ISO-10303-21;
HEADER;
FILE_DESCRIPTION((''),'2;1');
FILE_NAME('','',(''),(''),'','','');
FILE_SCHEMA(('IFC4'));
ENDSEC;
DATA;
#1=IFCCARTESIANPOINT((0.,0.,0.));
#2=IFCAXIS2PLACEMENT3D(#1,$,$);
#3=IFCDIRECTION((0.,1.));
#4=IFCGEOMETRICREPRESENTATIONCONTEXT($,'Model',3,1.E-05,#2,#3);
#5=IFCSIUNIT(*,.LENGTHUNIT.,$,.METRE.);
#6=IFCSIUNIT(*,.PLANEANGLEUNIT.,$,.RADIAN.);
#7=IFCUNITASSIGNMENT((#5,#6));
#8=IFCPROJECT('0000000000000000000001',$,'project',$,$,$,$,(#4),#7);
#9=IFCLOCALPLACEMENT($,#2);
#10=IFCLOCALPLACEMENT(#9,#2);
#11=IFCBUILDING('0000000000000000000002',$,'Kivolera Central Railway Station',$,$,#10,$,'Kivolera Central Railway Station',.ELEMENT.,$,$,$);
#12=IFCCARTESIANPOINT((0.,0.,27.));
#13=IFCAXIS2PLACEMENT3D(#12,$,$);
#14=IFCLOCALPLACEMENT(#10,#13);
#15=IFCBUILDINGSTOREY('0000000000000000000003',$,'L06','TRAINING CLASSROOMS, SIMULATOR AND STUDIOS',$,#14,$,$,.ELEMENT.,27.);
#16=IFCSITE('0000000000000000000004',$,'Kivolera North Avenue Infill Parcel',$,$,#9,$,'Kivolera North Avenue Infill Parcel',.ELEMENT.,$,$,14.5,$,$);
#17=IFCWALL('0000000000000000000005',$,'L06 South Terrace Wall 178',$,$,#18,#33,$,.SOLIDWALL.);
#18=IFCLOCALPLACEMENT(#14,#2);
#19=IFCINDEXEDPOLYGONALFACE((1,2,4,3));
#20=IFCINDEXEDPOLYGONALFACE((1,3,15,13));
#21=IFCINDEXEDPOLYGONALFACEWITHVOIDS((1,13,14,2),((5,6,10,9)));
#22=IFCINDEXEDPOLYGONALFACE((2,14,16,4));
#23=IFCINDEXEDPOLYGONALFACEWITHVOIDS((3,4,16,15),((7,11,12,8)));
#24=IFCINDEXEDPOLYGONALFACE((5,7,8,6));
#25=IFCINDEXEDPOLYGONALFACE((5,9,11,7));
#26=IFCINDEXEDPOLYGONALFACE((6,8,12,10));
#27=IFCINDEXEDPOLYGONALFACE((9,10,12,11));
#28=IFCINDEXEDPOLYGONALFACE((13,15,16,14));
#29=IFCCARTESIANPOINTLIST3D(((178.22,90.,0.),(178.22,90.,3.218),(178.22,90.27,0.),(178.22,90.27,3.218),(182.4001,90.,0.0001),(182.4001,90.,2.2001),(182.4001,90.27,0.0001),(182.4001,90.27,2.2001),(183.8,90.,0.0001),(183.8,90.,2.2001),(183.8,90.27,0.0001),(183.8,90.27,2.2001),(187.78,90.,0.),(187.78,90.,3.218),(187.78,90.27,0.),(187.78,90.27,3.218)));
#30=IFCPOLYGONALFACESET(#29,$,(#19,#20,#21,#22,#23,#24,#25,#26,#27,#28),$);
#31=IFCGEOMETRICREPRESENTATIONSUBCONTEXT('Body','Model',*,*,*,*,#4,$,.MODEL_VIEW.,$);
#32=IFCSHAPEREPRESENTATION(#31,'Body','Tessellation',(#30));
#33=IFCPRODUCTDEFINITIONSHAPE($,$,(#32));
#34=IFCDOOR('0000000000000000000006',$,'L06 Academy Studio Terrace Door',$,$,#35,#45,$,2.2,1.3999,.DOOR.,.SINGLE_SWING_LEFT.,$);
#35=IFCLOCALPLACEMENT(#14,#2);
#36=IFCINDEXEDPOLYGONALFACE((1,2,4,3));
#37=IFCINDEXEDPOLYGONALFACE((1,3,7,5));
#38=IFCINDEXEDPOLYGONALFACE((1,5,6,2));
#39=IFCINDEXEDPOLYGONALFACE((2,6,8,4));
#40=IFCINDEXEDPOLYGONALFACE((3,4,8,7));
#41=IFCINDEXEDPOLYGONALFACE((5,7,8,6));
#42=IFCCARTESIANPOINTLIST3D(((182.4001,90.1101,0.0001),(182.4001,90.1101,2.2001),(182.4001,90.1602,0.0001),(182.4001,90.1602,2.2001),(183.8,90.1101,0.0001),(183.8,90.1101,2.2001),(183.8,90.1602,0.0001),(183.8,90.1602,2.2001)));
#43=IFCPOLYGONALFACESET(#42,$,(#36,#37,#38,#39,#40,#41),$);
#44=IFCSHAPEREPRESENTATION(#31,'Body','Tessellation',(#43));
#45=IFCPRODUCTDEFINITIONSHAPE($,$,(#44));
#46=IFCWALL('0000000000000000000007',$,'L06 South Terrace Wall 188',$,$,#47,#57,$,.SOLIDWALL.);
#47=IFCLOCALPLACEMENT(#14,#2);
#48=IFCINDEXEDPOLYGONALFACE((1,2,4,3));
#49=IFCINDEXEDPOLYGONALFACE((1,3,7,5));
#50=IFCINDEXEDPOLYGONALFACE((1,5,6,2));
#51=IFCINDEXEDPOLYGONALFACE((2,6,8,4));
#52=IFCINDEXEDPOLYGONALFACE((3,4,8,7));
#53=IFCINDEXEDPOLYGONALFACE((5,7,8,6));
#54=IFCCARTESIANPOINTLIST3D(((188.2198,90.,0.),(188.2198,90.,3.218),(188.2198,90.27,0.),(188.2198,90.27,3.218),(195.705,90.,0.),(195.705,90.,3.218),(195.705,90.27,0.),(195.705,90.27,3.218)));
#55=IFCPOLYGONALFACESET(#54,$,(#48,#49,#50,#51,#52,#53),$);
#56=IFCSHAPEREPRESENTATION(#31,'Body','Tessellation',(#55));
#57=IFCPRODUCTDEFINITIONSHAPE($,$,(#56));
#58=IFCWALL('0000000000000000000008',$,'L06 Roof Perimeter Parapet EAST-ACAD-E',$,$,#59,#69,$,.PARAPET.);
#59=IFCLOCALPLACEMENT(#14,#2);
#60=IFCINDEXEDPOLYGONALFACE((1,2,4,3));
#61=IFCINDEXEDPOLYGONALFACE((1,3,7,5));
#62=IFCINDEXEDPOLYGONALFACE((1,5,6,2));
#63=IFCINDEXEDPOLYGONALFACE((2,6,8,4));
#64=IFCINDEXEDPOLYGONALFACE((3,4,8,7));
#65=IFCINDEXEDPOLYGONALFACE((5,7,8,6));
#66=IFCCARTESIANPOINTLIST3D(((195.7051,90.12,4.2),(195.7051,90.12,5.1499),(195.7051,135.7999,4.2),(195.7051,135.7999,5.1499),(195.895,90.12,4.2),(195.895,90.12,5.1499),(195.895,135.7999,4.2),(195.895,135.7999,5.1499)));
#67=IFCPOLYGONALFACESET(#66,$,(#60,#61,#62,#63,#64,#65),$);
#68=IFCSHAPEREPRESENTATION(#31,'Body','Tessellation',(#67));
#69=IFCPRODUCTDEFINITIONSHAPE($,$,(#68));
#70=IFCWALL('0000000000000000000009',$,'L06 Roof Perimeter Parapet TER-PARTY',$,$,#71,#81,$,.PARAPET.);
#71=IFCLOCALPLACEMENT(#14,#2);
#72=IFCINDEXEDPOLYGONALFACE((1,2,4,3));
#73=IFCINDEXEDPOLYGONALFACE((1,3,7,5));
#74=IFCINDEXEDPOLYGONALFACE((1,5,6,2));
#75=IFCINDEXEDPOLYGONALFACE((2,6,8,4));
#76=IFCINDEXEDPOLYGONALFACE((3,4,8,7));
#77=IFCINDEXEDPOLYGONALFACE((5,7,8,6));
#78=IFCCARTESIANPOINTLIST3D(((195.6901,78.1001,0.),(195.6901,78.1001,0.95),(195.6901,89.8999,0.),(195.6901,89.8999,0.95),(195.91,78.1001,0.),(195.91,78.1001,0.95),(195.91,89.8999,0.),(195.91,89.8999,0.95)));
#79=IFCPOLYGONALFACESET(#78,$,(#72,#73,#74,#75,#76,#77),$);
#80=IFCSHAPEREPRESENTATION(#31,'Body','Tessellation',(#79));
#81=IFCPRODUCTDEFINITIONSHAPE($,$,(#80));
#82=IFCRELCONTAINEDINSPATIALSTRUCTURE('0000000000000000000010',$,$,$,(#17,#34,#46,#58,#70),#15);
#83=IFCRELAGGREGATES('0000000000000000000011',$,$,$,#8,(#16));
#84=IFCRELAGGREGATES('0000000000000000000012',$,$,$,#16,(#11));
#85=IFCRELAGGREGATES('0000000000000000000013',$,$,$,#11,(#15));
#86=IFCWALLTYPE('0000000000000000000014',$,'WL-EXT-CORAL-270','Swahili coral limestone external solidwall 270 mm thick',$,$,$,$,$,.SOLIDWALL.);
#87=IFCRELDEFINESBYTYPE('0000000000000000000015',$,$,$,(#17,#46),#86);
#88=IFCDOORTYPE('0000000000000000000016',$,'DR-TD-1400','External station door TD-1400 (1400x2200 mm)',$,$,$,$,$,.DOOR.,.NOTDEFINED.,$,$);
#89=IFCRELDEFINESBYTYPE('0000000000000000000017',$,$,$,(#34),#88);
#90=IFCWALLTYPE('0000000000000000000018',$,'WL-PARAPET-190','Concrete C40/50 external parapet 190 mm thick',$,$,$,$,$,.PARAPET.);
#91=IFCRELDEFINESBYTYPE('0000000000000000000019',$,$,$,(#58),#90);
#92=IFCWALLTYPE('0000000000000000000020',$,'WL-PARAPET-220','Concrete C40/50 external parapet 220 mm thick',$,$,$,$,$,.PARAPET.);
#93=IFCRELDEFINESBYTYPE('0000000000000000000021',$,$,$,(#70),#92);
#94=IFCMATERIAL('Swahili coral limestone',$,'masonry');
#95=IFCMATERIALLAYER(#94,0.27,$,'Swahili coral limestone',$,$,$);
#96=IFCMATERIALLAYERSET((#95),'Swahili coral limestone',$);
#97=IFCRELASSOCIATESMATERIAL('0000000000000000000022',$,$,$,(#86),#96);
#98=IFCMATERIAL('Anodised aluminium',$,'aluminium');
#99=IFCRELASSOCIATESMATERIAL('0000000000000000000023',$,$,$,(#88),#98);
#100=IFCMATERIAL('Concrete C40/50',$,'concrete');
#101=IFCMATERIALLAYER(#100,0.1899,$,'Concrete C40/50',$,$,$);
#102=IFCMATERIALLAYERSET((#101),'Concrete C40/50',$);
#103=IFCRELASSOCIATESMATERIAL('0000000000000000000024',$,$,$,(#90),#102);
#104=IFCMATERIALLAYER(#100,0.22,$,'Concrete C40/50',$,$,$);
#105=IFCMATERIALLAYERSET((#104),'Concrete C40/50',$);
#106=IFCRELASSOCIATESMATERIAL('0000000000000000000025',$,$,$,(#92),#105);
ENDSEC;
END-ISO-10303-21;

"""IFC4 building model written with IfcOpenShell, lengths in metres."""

from ifc_helpers import new_model, si_unit, direction, frame, frame_2d, origin, place, context, subcontext, project, spatial, rectangle, extrude, material, layer, layer_set, type_object, element, fill, save


model = new_model("IFC4")

# Units and contexts
model_context = context("Model", 3, precision=1e-05, world=origin(), true_north=direction((0.0, 1.0)))
body_context = subcontext(model_context, "Body", "Model", "MODEL_VIEW")
ifc_project = project(units=[si_unit("LENGTHUNIT", "METRE"), si_unit("PLANEANGLEUNIT", "RADIAN")], contexts=[model_context])

# Site, building, storey
site_placement = place(None, origin())
site = spatial("IfcSite", under=ifc_project, at=site_placement, Name="Kivolera North Avenue Infill Parcel", LongName="Kivolera North Avenue Infill Parcel", CompositionType="ELEMENT", RefElevation=14.5)
building_placement = place(site_placement, origin())
building = spatial("IfcBuilding", under=site, at=building_placement, Name="Kivolera Central Railway Station", LongName="Kivolera Central Railway Station", CompositionType="ELEMENT")
storey_placement = place(building_placement, frame((0.0, 0.0, 27.0)))
storey = spatial("IfcBuildingStorey", under=building, at=storey_placement, Name="L06", Description="TRAINING CLASSROOMS, SIMULATOR AND STUDIOS", CompositionType="ELEMENT", Elevation=27.0)

# Shared definitions
ifc_material_1 = material(Name="Concrete C40/50", Category="concrete")

# Shared definitions
ifc_material_2 = material(Name="Anodised aluminium", Category="aluminium")

# Wall, opening, door
ifc_material_3 = material(Name="Swahili coral limestone", Category="masonry")
ifc_layer_1 = layer(ifc_material_3, 0.27, Name="Swahili coral limestone")
ifc_layer_set_1 = layer_set([ifc_layer_1], Name="Swahili coral limestone")
wall_type_1 = type_object("IfcWallType", Name="WL-EXT-CORAL-270", Description="Swahili coral limestone external solidwall 270 mm thick", PredefinedType="SOLIDWALL", material=ifc_layer_set_1)
wall_1_placement = place(storey_placement, frame((187.78, 90.135, 0.0), z_axis=(0.0, 0.0, 1.0), x_axis=(-1.0, 0.0, 0.0)))
wall_1 = element("IfcWall", 1, at=wall_1_placement, inside=storey, type_object=wall_type_1, Name="L06 South Terrace Wall 178", PredefinedType="SOLIDWALL", context=body_context, shape_type="SweptSolid", body=[
    extrude(rectangle(XDim=9.5601, YDim=0.27, at=frame_2d((4.78, 0.0))), origin(), (0.0, 0.0, 1.0), 3.218),
])
opening_1_placement = place(wall_1_placement, frame((3.98, 0.0, 0.0)))
opening_1 = element("IfcOpeningElement", 2, at=opening_1_placement, cuts=wall_1, PredefinedType="OPENING", context=body_context, shape_type="SweptSolid", body=[
    extrude(rectangle(XDim=1.3999, YDim=2.2, at=frame_2d((0.7, 1.1001))), frame((0.0, 0.145, 0.0), z_axis=(0.0, -1.0, 0.0), x_axis=(1.0, 0.0, 0.0)), (0.0, 0.0, 1.0), 0.29),
])
door_type_1 = type_object("IfcDoorType", Name="DR-TD-1400", Description="External station door TD-1400 (1400x2200 mm)", OperationType="NOTDEFINED", PredefinedType="DOOR", material=ifc_material_2)
door_1_placement = place(opening_1_placement, origin())
door_1 = element("IfcDoor", 3, at=door_1_placement, inside=storey, type_object=door_type_1, Name="L06 Academy Studio Terrace Door", OperationType="SINGLE_SWING_LEFT", OverallHeight=2.2, OverallWidth=1.3999, PredefinedType="DOOR", context=body_context, shape_type="SweptSolid", body=[
    extrude(rectangle(XDim=1.3999, YDim=2.2, at=frame_2d((0.7, 1.1001))), frame((0.0, 0.0249, 0.0), z_axis=(0.0, -1.0, 0.0), x_axis=(1.0, 0.0, 0.0)), (0.0, 0.0, 1.0), 0.05),
])
fill(opening_1, door_1)

# Walls
wall_2_placement = place(storey_placement, frame((195.7051, 90.135, 0.0), z_axis=(0.0, 0.0, 1.0), x_axis=(-1.0, 0.0, 0.0)))
element("IfcWall", 4, at=wall_2_placement, inside=storey, type_object=wall_type_1, Name="L06 South Terrace Wall 188", PredefinedType="SOLIDWALL", context=body_context, shape_type="SweptSolid", body=[
    extrude(rectangle(XDim=7.4851, YDim=0.27, at=frame_2d((3.7427, 0.0))), origin(), (0.0, 0.0, 1.0), 3.218),
])
ifc_layer_2 = layer(ifc_material_1, 0.1899, Name="Concrete C40/50")
ifc_layer_set_2 = layer_set([ifc_layer_2], Name="Concrete C40/50")
wall_type_2 = type_object("IfcWallType", Name="WL-PARAPET-190", Description="Concrete C40/50 external parapet 190 mm thick", PredefinedType="PARAPET", material=ifc_layer_set_2)
wall_3_placement = place(storey_placement, frame((195.8, 90.1201, 4.2), z_axis=(0.0, 0.0, 1.0), x_axis=(0.0, 1.0, 0.0)))
element("IfcWall", 5, at=wall_3_placement, inside=storey, type_object=wall_type_2, Name="L06 Roof Perimeter Parapet EAST-ACAD-E", PredefinedType="PARAPET", context=body_context, shape_type="SweptSolid", body=[
    extrude(rectangle(XDim=45.6799, YDim=0.1899, at=frame_2d((22.8398, 0.0))), origin(), (0.0, 0.0, 1.0), 0.95),
])
ifc_layer_3 = layer(ifc_material_1, 0.22, Name="Concrete C40/50")
ifc_layer_set_3 = layer_set([ifc_layer_3], Name="Concrete C40/50")
wall_type_3 = type_object("IfcWallType", Name="WL-PARAPET-220", Description="Concrete C40/50 external parapet 220 mm thick", PredefinedType="PARAPET", material=ifc_layer_set_3)
wall_4_placement = place(storey_placement, frame((195.8, 78.1001, 0.0), z_axis=(0.0, 0.0, 1.0), x_axis=(0.0, 1.0, 0.0)))
element("IfcWall", 6, at=wall_4_placement, inside=storey, type_object=wall_type_3, Name="L06 Roof Perimeter Parapet TER-PARTY", PredefinedType="PARAPET", context=body_context, shape_type="SweptSolid", body=[
    extrude(rectangle(XDim=11.7998, YDim=0.22, at=frame_2d((5.8999, 0.0))), origin(), (0.0, 0.0, 1.0), 0.95),
])

save(model, "model.ifc")
